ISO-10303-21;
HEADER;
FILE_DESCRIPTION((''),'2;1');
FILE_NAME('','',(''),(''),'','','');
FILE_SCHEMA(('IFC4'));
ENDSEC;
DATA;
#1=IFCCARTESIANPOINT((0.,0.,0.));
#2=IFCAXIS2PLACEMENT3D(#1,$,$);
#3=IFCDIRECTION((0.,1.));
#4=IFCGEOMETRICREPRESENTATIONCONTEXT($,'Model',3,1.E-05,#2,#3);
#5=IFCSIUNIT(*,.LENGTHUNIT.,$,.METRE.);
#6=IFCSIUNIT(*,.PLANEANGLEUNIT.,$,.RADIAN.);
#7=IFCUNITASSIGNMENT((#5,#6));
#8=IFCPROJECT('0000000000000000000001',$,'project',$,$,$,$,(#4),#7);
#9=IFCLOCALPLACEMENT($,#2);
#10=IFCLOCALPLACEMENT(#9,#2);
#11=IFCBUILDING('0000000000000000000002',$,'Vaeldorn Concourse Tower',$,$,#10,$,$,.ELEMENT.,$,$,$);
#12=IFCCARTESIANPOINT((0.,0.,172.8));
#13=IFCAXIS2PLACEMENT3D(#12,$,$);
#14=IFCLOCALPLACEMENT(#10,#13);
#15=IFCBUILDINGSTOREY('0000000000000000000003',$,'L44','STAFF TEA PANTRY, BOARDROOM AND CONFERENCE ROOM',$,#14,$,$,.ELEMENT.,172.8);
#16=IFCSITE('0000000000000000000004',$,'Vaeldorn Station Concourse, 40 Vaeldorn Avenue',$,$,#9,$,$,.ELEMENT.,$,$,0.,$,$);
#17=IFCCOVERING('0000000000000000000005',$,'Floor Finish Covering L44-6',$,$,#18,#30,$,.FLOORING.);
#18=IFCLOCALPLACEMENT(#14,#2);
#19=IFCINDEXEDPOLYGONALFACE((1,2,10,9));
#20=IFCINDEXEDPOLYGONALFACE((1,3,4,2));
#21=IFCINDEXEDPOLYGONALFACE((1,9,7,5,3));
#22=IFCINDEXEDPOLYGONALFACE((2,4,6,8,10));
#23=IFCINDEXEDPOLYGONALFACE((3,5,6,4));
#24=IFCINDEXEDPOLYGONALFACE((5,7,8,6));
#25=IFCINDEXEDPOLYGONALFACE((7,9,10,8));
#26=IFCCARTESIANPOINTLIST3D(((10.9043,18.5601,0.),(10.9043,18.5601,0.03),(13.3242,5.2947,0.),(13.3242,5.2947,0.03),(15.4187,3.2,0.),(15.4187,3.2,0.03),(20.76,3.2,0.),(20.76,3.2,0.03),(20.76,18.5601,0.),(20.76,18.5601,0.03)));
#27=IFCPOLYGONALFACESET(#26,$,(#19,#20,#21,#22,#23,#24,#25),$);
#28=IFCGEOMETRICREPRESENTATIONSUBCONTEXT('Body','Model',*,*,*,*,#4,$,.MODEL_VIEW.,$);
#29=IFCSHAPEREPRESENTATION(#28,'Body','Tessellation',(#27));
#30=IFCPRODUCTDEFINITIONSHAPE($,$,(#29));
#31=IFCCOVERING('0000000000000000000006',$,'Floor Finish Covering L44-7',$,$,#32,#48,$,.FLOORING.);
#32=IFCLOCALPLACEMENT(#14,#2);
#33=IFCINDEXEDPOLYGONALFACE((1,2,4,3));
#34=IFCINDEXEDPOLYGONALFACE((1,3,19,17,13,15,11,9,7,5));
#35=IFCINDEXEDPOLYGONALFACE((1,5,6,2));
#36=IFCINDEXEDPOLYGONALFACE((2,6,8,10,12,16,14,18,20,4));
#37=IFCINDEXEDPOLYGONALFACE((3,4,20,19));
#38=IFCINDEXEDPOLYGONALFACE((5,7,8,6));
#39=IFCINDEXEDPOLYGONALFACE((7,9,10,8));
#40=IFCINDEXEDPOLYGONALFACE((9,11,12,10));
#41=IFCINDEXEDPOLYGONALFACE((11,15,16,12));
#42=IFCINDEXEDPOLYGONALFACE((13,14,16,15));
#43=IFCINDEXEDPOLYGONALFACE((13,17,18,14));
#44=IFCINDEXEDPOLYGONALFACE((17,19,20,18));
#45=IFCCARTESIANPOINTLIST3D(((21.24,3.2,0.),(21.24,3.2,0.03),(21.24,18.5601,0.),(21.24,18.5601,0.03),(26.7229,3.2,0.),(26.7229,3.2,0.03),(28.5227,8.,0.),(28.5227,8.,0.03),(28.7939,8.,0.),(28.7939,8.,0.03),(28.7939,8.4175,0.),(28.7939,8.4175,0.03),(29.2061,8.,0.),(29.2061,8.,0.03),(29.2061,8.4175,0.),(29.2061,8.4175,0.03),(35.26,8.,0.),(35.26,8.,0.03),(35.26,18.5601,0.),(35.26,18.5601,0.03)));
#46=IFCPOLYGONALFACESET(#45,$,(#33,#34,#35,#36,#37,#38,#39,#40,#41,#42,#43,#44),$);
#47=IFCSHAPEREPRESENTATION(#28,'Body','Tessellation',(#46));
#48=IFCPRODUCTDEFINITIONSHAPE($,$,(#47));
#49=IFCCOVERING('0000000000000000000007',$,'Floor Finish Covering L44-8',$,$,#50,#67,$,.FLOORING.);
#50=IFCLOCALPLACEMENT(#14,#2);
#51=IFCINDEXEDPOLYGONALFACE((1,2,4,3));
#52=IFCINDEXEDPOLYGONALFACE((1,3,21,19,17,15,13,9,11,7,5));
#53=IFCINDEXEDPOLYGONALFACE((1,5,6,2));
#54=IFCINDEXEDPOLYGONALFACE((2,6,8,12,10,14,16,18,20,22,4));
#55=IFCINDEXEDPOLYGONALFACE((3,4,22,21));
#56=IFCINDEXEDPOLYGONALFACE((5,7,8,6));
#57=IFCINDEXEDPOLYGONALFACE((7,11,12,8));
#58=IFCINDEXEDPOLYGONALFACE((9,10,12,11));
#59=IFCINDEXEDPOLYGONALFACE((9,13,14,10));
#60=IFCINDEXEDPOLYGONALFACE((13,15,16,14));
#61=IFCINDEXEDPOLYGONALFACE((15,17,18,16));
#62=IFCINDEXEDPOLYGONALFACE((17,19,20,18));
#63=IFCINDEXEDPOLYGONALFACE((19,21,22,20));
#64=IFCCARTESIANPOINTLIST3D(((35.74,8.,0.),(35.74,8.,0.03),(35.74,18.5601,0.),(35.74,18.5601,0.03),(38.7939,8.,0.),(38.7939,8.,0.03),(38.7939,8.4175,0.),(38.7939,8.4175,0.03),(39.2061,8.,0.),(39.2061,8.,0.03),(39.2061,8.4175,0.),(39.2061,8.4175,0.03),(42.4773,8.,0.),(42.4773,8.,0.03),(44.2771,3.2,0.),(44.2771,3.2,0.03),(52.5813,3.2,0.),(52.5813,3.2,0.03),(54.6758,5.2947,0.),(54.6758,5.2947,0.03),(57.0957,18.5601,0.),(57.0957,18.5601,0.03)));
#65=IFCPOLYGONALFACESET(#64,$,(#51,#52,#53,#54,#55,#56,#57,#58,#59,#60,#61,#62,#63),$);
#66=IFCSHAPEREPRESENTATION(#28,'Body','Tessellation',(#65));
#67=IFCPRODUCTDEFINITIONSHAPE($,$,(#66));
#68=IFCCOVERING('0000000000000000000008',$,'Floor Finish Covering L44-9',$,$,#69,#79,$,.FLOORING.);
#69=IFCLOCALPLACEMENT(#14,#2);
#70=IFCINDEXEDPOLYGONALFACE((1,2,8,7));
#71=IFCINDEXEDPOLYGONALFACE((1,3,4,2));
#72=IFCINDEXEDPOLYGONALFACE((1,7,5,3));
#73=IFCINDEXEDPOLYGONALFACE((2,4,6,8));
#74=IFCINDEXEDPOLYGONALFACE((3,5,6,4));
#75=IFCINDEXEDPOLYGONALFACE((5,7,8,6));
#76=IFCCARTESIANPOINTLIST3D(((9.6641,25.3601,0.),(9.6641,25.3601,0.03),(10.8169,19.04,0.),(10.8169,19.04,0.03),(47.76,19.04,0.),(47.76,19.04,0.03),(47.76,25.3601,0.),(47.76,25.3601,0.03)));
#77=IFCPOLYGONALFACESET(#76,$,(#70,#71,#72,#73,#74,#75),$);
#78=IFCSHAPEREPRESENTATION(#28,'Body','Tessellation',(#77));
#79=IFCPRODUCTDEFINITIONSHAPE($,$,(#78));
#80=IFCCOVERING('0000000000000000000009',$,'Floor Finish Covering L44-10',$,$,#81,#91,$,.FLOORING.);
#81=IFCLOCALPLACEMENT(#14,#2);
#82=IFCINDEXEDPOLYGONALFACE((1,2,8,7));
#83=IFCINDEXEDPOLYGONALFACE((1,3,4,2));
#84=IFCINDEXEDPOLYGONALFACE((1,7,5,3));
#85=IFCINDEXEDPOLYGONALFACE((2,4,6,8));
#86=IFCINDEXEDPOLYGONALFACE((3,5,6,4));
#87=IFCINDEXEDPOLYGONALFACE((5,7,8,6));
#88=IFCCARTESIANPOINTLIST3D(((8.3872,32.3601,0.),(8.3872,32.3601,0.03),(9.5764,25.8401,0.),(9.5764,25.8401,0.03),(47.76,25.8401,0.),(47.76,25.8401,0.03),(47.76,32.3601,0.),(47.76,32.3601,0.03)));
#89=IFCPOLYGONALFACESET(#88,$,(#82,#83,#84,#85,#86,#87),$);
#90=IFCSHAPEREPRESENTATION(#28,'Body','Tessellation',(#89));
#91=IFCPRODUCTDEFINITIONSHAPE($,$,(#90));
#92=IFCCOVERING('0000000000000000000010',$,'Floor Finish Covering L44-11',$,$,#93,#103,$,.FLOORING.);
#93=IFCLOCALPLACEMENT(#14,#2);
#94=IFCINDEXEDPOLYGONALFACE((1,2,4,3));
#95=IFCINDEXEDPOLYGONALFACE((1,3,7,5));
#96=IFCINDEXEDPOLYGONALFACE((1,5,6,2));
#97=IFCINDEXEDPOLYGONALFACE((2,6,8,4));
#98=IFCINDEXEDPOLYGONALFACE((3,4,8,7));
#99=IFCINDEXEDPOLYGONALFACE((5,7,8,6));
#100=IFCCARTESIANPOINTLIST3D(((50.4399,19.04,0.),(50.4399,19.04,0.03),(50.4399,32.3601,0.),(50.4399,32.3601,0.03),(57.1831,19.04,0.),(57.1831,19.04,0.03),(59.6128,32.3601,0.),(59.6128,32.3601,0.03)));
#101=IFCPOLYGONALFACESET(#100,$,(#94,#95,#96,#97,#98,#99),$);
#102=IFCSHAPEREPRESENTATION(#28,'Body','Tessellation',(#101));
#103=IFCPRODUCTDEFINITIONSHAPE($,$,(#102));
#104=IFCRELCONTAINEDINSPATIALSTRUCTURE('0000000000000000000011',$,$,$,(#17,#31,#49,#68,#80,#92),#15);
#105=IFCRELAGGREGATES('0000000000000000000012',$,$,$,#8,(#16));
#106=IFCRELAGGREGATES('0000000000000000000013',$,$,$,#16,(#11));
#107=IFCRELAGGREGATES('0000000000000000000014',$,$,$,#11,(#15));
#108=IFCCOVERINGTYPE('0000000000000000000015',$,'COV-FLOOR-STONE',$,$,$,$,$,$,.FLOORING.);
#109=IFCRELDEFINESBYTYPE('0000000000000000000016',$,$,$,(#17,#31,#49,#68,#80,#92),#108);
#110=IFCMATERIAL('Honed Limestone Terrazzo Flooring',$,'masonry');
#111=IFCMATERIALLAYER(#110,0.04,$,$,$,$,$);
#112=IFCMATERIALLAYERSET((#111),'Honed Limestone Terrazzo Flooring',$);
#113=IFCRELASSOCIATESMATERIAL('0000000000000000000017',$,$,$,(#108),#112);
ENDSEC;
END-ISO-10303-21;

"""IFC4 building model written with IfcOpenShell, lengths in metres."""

from ifc_helpers import new_model, si_unit, direction, frame, origin, place, context, subcontext, project, spatial, polyline, outline, extrude, material, layer, layer_set, type_object, element, save


model = new_model("IFC4")

# Units and contexts
model_context = context("Model", 3, precision=1e-05, world=origin(), true_north=direction((0.0, 1.0)))
body_context = subcontext(model_context, "Body", "Model", "MODEL_VIEW")
ifc_project = project(units=[si_unit("LENGTHUNIT", "METRE"), si_unit("PLANEANGLEUNIT", "RADIAN")], contexts=[model_context])

# Site, building, storey
site_placement = place(None, origin())
site = spatial("IfcSite", under=ifc_project, at=site_placement, Name="Vaeldorn Station Concourse, 40 Vaeldorn Avenue", CompositionType="ELEMENT", RefElevation=0.0)
building_placement = place(site_placement, origin())
building = spatial("IfcBuilding", under=site, at=building_placement, Name="Vaeldorn Concourse Tower", CompositionType="ELEMENT")
storey_placement = place(building_placement, frame((0.0, 0.0, 172.8)))
storey = spatial("IfcBuildingStorey", under=building, at=storey_placement, Name="L44", Description="STAFF TEA PANTRY, BOARDROOM AND CONFERENCE ROOM", CompositionType="ELEMENT", Elevation=172.8)

# Coverings
ifc_material_1 = material(Name="Honed Limestone Terrazzo Flooring", Category="masonry")
ifc_layer_1 = layer(ifc_material_1, 0.04)
ifc_layer_set_1 = layer_set([ifc_layer_1], Name="Honed Limestone Terrazzo Flooring")
covering_type_1 = type_object("IfcCoveringType", Name="COV-FLOOR-STONE", PredefinedType="FLOORING", material=ifc_layer_set_1)
covering_1_placement = place(storey_placement, origin())
element("IfcCovering", 1, at=covering_1_placement, inside=storey, type_object=covering_type_1, Name="Floor Finish Covering L44-6", PredefinedType="FLOORING", context=body_context, shape_type="SweptSolid", body=[
    extrude(outline(polyline([(20.76, 18.5601), (20.76, 3.2), (15.4187, 3.2), (13.3242, 5.2947), (10.9043, 18.5601), (20.76, 18.5601)])), origin(), (0.0, 0.0, 1.0), 0.03),
])
covering_2_placement = place(storey_placement, origin())
element("IfcCovering", 2, at=covering_2_placement, inside=storey, type_object=covering_type_1, Name="Floor Finish Covering L44-7", PredefinedType="FLOORING", context=body_context, shape_type="SweptSolid", body=[
    extrude(outline(polyline([(26.7229, 3.2), (21.24, 3.2), (21.24, 18.5601), (35.26, 18.5601), (35.26, 8.0), (29.2061, 8.0), (29.2061, 8.4175), (28.7939, 8.4175), (28.7939, 8.0), (28.5227, 8.0), (26.7229, 3.2)])), origin(), (0.0, 0.0, 1.0), 0.03),
])
covering_3_placement = place(storey_placement, origin())
element("IfcCovering", 3, at=covering_3_placement, inside=storey, type_object=covering_type_1, Name="Floor Finish Covering L44-8", PredefinedType="FLOORING", context=body_context, shape_type="SweptSolid", body=[
    extrude(outline(polyline([(35.74, 18.5601), (57.0957, 18.5601), (54.6758, 5.2947), (52.5813, 3.2), (44.2771, 3.2), (42.4773, 8.0), (39.2061, 8.0), (39.2061, 8.4175), (38.7939, 8.4175), (38.7939, 8.0), (35.74, 8.0), (35.74, 18.5601)])), origin(), (0.0, 0.0, 1.0), 0.03),
])
covering_4_placement = place(storey_placement, origin())
element("IfcCovering", 4, at=covering_4_placement, inside=storey, type_object=covering_type_1, Name="Floor Finish Covering L44-9", PredefinedType="FLOORING", context=body_context, shape_type="SweptSolid", body=[
    extrude(outline(polyline([(47.76, 25.3601), (47.76, 19.04), (10.8169, 19.04), (9.6641, 25.3601), (47.76, 25.3601)])), origin(), (0.0, 0.0, 1.0), 0.03),
])
covering_5_placement = place(storey_placement, origin())
element("IfcCovering", 5, at=covering_5_placement, inside=storey, type_object=covering_type_1, Name="Floor Finish Covering L44-10", PredefinedType="FLOORING", context=body_context, shape_type="SweptSolid", body=[
    extrude(outline(polyline([(47.76, 32.3601), (47.76, 25.8401), (9.5764, 25.8401), (8.3872, 32.3601), (47.76, 32.3601)])), origin(), (0.0, 0.0, 1.0), 0.03),
])
covering_6_placement = place(storey_placement, origin())
element("IfcCovering", 6, at=covering_6_placement, inside=storey, type_object=covering_type_1, Name="Floor Finish Covering L44-11", PredefinedType="FLOORING", context=body_context, shape_type="SweptSolid", body=[
    extrude(outline(polyline([(50.4399, 19.04), (50.4399, 32.3601), (59.6128, 32.3601), (57.1831, 19.04), (50.4399, 19.04)])), origin(), (0.0, 0.0, 1.0), 0.03),
])

save(model, "model.ifc")
